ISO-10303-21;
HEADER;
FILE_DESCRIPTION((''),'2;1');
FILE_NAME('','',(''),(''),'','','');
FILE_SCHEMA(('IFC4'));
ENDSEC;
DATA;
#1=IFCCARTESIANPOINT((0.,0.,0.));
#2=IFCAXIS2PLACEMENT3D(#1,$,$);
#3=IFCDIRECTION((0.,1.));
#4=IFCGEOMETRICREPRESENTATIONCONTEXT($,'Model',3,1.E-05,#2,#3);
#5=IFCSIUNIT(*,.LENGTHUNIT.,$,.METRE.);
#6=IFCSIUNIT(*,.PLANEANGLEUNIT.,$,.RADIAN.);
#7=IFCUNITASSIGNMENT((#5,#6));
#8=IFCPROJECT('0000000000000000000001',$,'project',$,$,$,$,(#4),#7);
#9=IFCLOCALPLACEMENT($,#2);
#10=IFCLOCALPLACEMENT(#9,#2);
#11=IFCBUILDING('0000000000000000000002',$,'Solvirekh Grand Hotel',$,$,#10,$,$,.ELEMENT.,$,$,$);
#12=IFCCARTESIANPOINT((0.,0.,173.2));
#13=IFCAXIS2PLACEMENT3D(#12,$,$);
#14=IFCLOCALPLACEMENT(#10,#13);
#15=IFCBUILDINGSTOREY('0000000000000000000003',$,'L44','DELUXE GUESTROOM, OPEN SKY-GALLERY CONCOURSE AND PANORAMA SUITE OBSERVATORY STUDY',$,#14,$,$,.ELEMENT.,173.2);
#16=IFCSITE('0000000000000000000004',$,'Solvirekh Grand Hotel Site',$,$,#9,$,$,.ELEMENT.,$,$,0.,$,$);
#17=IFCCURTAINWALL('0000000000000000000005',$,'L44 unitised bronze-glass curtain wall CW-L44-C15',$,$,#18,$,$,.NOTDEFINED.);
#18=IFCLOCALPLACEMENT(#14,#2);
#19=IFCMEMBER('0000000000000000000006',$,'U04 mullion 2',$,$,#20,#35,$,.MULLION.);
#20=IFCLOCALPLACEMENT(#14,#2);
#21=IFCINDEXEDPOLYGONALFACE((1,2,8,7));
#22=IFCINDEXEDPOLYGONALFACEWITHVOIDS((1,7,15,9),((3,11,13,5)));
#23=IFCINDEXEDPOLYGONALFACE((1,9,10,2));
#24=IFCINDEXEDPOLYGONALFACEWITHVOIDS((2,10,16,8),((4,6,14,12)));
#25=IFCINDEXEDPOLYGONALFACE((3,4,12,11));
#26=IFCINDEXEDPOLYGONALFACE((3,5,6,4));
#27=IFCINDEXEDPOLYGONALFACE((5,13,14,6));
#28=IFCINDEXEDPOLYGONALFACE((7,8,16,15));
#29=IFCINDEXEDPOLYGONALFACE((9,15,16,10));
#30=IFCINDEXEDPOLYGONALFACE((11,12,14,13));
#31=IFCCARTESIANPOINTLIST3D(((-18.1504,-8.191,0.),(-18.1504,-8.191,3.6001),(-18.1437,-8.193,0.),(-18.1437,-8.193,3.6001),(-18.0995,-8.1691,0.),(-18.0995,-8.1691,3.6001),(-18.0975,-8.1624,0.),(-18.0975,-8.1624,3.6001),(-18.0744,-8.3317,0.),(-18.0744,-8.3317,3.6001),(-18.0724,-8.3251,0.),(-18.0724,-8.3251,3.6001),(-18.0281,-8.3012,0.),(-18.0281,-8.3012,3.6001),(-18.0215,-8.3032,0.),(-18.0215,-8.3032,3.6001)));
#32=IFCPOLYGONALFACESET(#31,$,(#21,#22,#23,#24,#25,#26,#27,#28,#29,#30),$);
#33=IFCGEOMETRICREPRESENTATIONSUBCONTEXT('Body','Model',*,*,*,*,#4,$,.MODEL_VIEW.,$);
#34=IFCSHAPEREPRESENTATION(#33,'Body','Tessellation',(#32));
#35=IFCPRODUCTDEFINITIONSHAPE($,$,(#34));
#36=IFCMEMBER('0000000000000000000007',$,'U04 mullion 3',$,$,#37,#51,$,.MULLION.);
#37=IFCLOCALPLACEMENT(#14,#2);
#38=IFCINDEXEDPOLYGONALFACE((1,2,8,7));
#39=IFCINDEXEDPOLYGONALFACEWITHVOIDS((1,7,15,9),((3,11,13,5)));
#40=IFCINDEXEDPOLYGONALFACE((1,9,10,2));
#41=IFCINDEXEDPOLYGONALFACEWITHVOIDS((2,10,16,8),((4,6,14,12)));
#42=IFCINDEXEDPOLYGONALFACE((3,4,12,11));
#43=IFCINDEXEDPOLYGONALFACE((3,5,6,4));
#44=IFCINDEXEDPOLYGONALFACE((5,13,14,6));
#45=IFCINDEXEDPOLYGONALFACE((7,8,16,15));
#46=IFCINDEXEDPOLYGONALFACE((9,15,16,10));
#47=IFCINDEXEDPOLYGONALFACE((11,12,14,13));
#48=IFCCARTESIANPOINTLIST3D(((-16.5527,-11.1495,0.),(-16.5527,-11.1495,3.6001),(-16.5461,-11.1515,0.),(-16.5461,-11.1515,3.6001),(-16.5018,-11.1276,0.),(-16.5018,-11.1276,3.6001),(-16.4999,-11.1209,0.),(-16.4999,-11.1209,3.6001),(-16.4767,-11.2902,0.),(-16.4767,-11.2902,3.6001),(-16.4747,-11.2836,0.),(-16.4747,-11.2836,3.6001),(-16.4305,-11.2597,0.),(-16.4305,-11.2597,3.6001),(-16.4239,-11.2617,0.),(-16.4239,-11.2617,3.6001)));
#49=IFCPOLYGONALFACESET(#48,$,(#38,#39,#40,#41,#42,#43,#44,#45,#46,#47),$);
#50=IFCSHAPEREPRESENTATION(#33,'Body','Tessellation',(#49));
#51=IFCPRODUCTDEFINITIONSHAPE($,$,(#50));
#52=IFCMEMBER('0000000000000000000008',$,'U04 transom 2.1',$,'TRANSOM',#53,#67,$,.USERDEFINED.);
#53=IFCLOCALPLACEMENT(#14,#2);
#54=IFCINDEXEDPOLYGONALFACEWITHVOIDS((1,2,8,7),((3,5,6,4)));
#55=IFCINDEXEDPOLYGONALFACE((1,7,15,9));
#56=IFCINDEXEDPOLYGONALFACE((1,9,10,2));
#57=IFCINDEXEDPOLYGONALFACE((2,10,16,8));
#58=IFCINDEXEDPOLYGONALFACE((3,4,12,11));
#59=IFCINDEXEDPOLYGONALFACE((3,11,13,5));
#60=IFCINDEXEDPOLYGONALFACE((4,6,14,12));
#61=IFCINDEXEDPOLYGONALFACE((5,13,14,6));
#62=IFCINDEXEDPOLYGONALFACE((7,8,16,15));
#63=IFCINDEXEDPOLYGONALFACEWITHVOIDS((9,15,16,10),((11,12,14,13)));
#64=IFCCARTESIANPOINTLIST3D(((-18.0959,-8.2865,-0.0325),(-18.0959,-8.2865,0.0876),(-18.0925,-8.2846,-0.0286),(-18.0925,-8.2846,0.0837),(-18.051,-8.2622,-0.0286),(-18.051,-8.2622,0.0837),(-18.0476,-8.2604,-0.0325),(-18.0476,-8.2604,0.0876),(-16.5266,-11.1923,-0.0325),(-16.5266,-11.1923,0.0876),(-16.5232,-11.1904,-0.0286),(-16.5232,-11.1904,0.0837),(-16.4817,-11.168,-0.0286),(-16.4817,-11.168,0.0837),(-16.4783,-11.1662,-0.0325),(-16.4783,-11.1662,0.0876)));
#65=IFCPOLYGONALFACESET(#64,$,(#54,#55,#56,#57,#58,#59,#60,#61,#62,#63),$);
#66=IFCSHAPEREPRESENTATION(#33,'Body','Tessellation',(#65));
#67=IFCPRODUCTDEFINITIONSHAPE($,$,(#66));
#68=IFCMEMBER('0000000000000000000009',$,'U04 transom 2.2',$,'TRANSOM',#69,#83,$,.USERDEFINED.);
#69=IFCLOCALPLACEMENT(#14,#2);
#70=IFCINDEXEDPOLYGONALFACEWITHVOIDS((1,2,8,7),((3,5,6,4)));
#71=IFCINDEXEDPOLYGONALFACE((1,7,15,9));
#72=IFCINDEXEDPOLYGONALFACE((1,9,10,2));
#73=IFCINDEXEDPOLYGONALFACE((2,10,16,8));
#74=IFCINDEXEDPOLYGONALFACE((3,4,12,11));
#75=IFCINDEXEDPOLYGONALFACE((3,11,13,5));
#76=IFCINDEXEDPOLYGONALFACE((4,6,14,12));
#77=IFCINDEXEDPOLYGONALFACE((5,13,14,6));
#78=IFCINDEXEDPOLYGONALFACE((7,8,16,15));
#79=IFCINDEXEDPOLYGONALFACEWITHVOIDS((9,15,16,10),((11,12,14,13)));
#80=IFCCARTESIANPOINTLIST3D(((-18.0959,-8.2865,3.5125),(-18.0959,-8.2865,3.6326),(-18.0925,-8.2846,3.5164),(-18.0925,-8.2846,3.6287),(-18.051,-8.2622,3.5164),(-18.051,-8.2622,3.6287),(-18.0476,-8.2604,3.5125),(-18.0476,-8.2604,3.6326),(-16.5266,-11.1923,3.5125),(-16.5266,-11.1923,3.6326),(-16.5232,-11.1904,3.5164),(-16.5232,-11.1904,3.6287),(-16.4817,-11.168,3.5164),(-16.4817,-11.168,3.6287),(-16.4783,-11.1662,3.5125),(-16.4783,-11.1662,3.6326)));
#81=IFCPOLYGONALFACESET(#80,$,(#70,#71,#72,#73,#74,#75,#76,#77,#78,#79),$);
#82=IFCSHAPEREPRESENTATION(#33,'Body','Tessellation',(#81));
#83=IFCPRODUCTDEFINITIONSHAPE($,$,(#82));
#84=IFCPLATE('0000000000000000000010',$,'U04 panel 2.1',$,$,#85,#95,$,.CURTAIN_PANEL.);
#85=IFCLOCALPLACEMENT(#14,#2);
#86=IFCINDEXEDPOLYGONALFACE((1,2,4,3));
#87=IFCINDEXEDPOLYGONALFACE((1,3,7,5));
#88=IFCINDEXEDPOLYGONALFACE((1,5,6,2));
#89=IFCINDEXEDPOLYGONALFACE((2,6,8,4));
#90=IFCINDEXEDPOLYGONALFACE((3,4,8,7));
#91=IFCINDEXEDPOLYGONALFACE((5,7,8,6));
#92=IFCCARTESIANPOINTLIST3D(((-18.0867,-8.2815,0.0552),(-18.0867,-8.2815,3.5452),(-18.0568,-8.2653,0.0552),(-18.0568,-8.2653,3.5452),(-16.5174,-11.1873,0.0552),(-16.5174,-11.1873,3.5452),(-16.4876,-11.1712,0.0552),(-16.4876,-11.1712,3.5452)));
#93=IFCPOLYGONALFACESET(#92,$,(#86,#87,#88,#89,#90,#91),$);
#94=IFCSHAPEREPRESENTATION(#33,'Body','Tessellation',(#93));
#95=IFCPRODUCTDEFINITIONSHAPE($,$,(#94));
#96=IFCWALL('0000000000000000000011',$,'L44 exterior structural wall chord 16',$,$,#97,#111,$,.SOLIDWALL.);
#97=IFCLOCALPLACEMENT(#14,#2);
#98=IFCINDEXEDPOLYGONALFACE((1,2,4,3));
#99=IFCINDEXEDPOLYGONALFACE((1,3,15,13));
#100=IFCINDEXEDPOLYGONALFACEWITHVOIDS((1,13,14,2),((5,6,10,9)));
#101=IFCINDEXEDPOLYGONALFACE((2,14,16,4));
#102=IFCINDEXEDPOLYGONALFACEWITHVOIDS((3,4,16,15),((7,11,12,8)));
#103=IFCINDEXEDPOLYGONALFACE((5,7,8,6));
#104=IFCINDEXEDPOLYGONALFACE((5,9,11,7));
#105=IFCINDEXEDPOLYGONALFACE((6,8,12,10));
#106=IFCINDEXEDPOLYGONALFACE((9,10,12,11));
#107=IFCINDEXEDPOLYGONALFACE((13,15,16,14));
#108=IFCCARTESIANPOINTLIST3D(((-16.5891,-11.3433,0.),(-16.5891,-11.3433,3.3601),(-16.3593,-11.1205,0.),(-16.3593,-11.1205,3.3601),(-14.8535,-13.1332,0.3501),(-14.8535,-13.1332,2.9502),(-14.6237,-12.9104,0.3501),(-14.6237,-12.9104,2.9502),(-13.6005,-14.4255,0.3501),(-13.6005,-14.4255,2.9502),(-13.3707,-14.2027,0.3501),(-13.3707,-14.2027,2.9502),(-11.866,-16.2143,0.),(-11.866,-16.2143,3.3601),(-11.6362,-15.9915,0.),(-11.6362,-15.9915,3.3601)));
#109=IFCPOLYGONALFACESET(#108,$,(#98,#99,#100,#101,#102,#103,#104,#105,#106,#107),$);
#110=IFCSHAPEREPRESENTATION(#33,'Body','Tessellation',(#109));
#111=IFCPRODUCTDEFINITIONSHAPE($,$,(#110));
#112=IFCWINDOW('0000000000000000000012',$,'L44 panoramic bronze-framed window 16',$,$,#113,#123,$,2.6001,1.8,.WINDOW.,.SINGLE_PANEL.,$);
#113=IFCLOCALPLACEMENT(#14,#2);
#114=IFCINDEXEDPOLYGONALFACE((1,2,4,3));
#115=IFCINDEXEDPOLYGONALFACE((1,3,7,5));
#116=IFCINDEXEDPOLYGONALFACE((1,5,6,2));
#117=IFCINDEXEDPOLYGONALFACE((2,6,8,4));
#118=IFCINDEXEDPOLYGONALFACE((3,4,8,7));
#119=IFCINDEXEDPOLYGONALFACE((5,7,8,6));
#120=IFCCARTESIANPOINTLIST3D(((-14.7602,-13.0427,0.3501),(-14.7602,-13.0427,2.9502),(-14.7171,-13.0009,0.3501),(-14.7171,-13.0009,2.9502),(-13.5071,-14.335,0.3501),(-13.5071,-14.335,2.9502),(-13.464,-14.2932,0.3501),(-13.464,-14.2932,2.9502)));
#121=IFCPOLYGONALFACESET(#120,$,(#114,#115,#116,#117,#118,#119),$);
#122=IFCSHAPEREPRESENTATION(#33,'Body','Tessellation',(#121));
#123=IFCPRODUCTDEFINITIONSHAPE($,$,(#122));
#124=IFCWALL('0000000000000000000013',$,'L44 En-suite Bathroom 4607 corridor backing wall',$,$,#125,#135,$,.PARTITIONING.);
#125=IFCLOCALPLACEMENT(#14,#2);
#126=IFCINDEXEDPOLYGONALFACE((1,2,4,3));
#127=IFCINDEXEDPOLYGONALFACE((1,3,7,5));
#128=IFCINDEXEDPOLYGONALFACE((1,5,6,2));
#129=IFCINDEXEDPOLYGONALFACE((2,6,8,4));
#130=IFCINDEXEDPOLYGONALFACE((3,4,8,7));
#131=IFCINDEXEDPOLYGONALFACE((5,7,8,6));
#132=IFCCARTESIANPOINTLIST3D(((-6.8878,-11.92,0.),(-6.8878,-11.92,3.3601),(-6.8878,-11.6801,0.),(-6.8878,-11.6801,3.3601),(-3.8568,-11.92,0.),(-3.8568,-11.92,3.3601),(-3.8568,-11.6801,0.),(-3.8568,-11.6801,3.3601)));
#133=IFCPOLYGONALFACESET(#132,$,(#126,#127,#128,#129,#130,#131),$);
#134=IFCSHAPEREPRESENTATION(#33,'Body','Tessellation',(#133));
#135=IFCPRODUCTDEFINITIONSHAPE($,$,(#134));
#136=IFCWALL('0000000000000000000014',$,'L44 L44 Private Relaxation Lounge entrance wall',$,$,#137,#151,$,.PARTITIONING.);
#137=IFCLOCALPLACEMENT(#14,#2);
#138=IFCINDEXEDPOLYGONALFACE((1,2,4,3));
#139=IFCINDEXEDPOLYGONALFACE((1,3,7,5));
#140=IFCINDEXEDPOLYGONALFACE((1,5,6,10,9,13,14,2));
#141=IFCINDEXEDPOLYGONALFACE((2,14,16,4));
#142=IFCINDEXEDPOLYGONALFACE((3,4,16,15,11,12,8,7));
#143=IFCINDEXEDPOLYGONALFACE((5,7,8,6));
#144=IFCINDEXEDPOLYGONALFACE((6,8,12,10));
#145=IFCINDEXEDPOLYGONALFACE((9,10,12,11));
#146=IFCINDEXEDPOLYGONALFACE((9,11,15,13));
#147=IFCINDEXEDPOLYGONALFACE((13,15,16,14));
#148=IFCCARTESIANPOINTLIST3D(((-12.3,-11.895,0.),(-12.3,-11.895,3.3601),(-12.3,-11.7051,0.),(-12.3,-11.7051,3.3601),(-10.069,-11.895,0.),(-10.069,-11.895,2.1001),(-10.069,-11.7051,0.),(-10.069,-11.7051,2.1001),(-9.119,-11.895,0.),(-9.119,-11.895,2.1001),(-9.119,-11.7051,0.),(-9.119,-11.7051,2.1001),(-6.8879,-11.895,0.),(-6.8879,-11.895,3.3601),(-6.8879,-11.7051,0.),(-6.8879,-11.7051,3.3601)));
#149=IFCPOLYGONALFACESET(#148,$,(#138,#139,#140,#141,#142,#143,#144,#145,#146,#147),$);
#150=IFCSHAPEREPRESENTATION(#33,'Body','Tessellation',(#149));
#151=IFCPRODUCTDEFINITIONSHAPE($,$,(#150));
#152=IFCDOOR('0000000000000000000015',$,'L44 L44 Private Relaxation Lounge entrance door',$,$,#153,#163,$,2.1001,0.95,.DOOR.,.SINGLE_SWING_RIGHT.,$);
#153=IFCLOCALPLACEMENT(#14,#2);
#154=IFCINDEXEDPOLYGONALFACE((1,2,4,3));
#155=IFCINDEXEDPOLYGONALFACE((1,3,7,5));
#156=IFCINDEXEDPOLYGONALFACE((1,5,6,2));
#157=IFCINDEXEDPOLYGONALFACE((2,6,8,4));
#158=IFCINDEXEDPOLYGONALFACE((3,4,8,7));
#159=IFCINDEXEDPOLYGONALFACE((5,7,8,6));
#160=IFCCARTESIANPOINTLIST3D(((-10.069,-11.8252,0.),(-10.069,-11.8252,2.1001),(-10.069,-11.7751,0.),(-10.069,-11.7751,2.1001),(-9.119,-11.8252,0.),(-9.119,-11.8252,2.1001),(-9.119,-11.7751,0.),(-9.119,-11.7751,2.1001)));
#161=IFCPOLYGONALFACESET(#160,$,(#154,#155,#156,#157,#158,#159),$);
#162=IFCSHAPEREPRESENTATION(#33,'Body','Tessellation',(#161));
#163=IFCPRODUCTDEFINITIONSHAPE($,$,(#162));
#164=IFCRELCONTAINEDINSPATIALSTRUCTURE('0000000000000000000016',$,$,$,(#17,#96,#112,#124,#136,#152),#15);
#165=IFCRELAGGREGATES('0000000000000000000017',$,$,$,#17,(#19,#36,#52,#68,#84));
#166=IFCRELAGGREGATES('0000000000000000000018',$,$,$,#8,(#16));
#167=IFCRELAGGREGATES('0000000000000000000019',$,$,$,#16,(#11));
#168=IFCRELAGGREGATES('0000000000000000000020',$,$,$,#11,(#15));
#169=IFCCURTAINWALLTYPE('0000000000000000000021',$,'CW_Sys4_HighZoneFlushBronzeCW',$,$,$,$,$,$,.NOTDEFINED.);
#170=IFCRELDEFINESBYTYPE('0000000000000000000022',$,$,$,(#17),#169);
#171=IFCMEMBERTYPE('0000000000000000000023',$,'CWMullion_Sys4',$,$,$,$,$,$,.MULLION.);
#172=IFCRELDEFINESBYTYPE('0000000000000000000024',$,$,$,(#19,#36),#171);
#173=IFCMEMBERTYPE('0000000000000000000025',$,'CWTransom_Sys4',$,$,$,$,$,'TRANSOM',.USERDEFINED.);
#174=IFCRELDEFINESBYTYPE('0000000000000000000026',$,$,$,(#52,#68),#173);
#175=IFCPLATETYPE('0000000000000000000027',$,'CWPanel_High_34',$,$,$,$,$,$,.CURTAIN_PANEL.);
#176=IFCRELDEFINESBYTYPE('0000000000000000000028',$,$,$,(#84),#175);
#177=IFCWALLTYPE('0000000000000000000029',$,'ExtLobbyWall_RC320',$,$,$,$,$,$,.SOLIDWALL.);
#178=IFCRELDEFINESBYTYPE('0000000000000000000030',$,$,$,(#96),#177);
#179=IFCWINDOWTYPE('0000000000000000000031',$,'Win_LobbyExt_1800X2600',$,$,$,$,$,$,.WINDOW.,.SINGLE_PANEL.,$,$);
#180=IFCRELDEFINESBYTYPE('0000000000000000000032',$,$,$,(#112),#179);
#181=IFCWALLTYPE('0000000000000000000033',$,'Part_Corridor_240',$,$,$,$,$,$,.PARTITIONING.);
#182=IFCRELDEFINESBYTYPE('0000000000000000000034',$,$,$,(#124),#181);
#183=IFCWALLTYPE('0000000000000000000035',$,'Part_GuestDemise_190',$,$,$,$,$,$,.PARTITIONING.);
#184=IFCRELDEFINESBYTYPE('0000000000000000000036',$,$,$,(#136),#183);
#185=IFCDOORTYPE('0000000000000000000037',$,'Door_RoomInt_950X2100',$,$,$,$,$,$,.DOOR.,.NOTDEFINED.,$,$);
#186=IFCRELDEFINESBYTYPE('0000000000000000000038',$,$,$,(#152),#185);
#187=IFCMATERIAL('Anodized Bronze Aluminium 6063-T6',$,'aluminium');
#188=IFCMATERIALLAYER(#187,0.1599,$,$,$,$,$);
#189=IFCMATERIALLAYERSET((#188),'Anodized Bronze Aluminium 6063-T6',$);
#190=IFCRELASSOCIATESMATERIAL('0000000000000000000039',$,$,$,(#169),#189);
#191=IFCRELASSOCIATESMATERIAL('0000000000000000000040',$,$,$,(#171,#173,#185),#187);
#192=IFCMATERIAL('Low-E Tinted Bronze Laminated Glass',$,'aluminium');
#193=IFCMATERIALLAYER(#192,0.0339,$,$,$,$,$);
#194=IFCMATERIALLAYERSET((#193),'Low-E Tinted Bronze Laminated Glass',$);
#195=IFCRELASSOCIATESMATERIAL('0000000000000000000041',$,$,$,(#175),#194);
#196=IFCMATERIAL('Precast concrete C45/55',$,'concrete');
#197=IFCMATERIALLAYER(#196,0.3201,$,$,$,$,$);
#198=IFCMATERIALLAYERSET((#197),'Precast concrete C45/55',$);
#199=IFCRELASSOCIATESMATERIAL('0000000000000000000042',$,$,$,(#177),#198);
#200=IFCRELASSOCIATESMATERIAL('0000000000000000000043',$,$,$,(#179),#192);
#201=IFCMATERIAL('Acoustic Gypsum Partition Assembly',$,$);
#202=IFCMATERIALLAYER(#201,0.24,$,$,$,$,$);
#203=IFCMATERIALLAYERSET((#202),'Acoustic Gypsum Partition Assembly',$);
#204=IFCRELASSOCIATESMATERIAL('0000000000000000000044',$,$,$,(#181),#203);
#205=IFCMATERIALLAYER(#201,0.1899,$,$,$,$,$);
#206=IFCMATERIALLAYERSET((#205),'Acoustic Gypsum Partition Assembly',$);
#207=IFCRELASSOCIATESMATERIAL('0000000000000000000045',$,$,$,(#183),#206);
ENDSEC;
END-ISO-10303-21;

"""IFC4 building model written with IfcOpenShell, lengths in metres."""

from ifc_helpers import new_model, si_unit, direction, frame, frame_2d, origin, origin_2d, place, context, subcontext, project, spatial, rectangle, hollow_rectangle, extrude, source, transform, mapped, material, layer, layer_set, material_profile, profile_set, type_object, element, fill, aggregate, save


model = new_model("IFC4")

# Units and contexts
model_context = context("Model", 3, precision=1e-05, world=origin(), true_north=direction((0.0, 1.0)))
body_context = subcontext(model_context, "Body", "Model", "MODEL_VIEW")
ifc_project = project(units=[si_unit("LENGTHUNIT", "METRE"), si_unit("PLANEANGLEUNIT", "RADIAN")], contexts=[model_context])

# Site, building, storey
site_placement = place(None, origin())
site = spatial("IfcSite", under=ifc_project, at=site_placement, Name="Solvirekh Grand Hotel Site", CompositionType="ELEMENT", RefElevation=0.0)
building_placement = place(site_placement, origin())
building = spatial("IfcBuilding", under=site, at=building_placement, Name="Solvirekh Grand Hotel", CompositionType="ELEMENT")
storey_placement = place(building_placement, frame((0.0, 0.0, 173.2)))
storey = spatial("IfcBuildingStorey", under=building, at=storey_placement, Name="L44", Description="DELUXE GUESTROOM, OPEN SKY-GALLERY CONCOURSE AND PANORAMA SUITE OBSERVATORY STUDY", CompositionType="ELEMENT", Elevation=173.2)

# Curtain wall, members, plate
ifc_material_1 = material(Name="Anodized Bronze Aluminium 6063-T6", Category="aluminium")
ifc_layer_1 = layer(ifc_material_1, 0.1599)
ifc_layer_set_1 = layer_set([ifc_layer_1], Name="Anodized Bronze Aluminium 6063-T6")
curtain_wall_type = type_object("IfcCurtainWallType", Name="CW_Sys4_HighZoneFlushBronzeCW", PredefinedType="NOTDEFINED", material=ifc_layer_set_1)
curtain_wall_placement = place(storey_placement, origin())
curtain_wall = element("IfcCurtainWall", 1, at=curtain_wall_placement, inside=storey, type_object=curtain_wall_type, Name="L44 unitised bronze-glass curtain wall CW-L44-C15", PredefinedType="NOTDEFINED")
ifc_material_profile_1 = material_profile(ifc_material_1, hollow_rectangle(XDim=0.0601, YDim=0.1599, WallThickness=0.0049, at=origin_2d()), Name="ALU RHS 160X60X5")
ifc_profile_set_1 = profile_set([ifc_material_profile_1], Name="Anodized Bronze Aluminium 6063-T6")
member_type_1 = type_object("IfcMemberType", Name="CWMullion_Sys4", PredefinedType="MULLION", material=ifc_profile_set_1)
shared_shape_1 = source(origin(), body_context, "Body", "SweptSolid", [
    extrude(hollow_rectangle(XDim=0.0601, YDim=0.1599, WallThickness=0.0049, at=origin_2d()), origin(), (0.0, 0.0, 1.0), 3.6001),
])
member_1_placement = place(storey_placement, frame((-18.0859, -8.2471, 0.0), z_axis=(0.0, 0.0, 1.0), x_axis=(0.879893, 0.475172, 0.0)))
member_1 = element("IfcMember", 2, at=member_1_placement, type_object=member_type_1, Name="U04 mullion 2", PredefinedType="MULLION", context=body_context, shape_type="MappedRepresentation", body=[
    mapped(shared_shape_1, transform((0.0, 0.0, 0.0), x_axis=(1.0, 0.0, 0.0), y_axis=(0.0, 1.0, 0.0), z_axis=(0.0, 0.0, 1.0), scale=1.0)),
])
member_2_placement = place(storey_placement, frame((-16.4883, -11.2056, 0.0), z_axis=(0.0, 0.0, 1.0), x_axis=(0.879893, 0.475172, 0.0)))
member_2 = element("IfcMember", 3, at=member_2_placement, type_object=member_type_1, Name="U04 mullion 3", PredefinedType="MULLION", context=body_context, shape_type="MappedRepresentation", body=[
    mapped(shared_shape_1, transform((0.0, 0.0, 0.0), x_axis=(1.0, 0.0, 0.0), y_axis=(0.0, 1.0, 0.0), z_axis=(0.0, 0.0, 1.0), scale=1.0)),
])
ifc_material_profile_2 = material_profile(ifc_material_1, hollow_rectangle(XDim=0.0549, YDim=0.1201, WallThickness=0.0039, at=origin_2d()), Name="ALU RHS 120X55X4")
ifc_profile_set_2 = profile_set([ifc_material_profile_2], Name="Anodized Bronze Aluminium 6063-T6")
member_type_2 = type_object("IfcMemberType", Name="CWTransom_Sys4", ElementType="TRANSOM", PredefinedType="USERDEFINED", material=ifc_profile_set_2)
shared_shape_2 = source(origin(), body_context, "Body", "SweptSolid", [
    extrude(hollow_rectangle(XDim=0.0549, YDim=0.1201, WallThickness=0.0039, at=origin_2d()), origin(), (0.0, 0.0, 1.0), 3.3025),
])
member_3_placement = place(storey_placement, frame((-18.0718, -8.2734, 0.0276), z_axis=(0.475202, -0.879877, 0.0), x_axis=(0.879877, 0.475202, 0.0)))
member_3 = element("IfcMember", 4, at=member_3_placement, type_object=member_type_2, Name="U04 transom 2.1", ObjectType="TRANSOM", PredefinedType="USERDEFINED", context=body_context, shape_type="MappedRepresentation", body=[
    mapped(shared_shape_2, transform((0.0, 0.0, 0.0), x_axis=(1.0, 0.0, 0.0), y_axis=(0.0, 1.0, 0.0), z_axis=(0.0, 0.0, 1.0), scale=1.0)),
])
member_4_placement = place(storey_placement, frame((-18.0718, -8.2734, 3.5725), z_axis=(0.475202, -0.879877, 0.0), x_axis=(0.879877, 0.475202, 0.0)))
member_4 = element("IfcMember", 5, at=member_4_placement, type_object=member_type_2, Name="U04 transom 2.2", ObjectType="TRANSOM", PredefinedType="USERDEFINED", context=body_context, shape_type="MappedRepresentation", body=[
    mapped(shared_shape_2, transform((0.0, 0.0, 0.0), x_axis=(1.0, 0.0, 0.0), y_axis=(0.0, 1.0, 0.0), z_axis=(0.0, 0.0, 1.0), scale=1.0)),
])
ifc_material_2 = material(Name="Low-E Tinted Bronze Laminated Glass", Category="aluminium")
ifc_layer_2 = layer(ifc_material_2, 0.0339)
ifc_layer_set_2 = layer_set([ifc_layer_2], Name="Low-E Tinted Bronze Laminated Glass")
plate_type = type_object("IfcPlateType", Name="CWPanel_High_34", PredefinedType="CURTAIN_PANEL", material=ifc_layer_set_2)
shared_shape_3 = source(origin(), body_context, "Body", "SweptSolid", [
    extrude(rectangle(XDim=3.3025, YDim=0.0339, at=origin_2d()), origin(), (0.0, 0.0, 1.0), 3.49),
])
plate_placement = place(storey_placement, frame((-17.2871, -9.7263, 0.0552), z_axis=(0.0, 0.0, 1.0), x_axis=(0.475172, -0.879893, 0.0)))
plate = element("IfcPlate", 6, at=plate_placement, type_object=plate_type, Name="U04 panel 2.1", PredefinedType="CURTAIN_PANEL", context=body_context, shape_type="MappedRepresentation", body=[
    mapped(shared_shape_3, transform((0.0, 0.0, 0.0), x_axis=(1.0, 0.0, 0.0), y_axis=(0.0, 1.0, 0.0), z_axis=(0.0, 0.0, 1.0), scale=1.0)),
])
aggregate(curtain_wall, [member_1, member_2, member_3, member_4, plate])

# Wall, opening, window
ifc_material_3 = material(Name="Precast concrete C45/55", Category="concrete")
ifc_layer_3 = layer(ifc_material_3, 0.3201)
ifc_layer_set_3 = layer_set([ifc_layer_3], Name="Precast concrete C45/55")
wall_type_1 = type_object("IfcWallType", Name="ExtLobbyWall_RC320", PredefinedType="SOLIDWALL", material=ifc_layer_set_3)
wall_1_placement = place(storey_placement, frame((-11.751, -16.103, 0.0), z_axis=(0.0, 0.0, 1.0), x_axis=(-0.69612, 0.717925, 0.0)))
wall_1 = element("IfcWall", 7, at=wall_1_placement, inside=storey, type_object=wall_type_1, Name="L44 exterior structural wall chord 16", PredefinedType="SOLIDWALL", context=body_context, shape_type="SweptSolid", body=[
    extrude(rectangle(XDim=6.7849, YDim=0.3201, at=frame_2d((3.3926, 0.0))), origin(), (0.0, 0.0, 1.0), 3.3601),
])
opening_1_placement = place(wall_1_placement, frame((2.4919, 0.0, 0.3501)))
opening_1 = element("IfcOpeningElement", 8, at=opening_1_placement, cuts=wall_1, PredefinedType="OPENING", context=body_context, shape_type="SweptSolid", body=[
    extrude(rectangle(XDim=1.8, YDim=2.6001, at=frame_2d((0.8999, 1.3))), frame((0.0, 0.1699, 0.0), z_axis=(0.0, -1.0, 0.0), x_axis=(1.0, 0.0, 0.0)), (0.0, 0.0, 1.0), 0.3401),
])
window_type = type_object("IfcWindowType", Name="Win_LobbyExt_1800X2600", PartitioningType="SINGLE_PANEL", PredefinedType="WINDOW", material=ifc_material_2)
window_placement = place(opening_1_placement, origin())
window = element("IfcWindow", 9, at=window_placement, inside=storey, type_object=window_type, Name="L44 panoramic bronze-framed window 16", OverallHeight=2.6001, OverallWidth=1.8, PartitioningType="SINGLE_PANEL", PredefinedType="WINDOW", context=body_context, shape_type="SweptSolid", body=[
    extrude(rectangle(XDim=1.8, YDim=2.6001, at=frame_2d((0.8999, 1.3))), frame((0.0, 0.03, 0.0), z_axis=(0.0, -1.0, 0.0), x_axis=(1.0, 0.0, 0.0)), (0.0, 0.0, 1.0), 0.0601),
])
fill(opening_1, window)

# Wall
ifc_material_4 = material(Name="Acoustic Gypsum Partition Assembly")
ifc_layer_4 = layer(ifc_material_4, 0.24)
ifc_layer_set_4 = layer_set([ifc_layer_4], Name="Acoustic Gypsum Partition Assembly")
wall_type_2 = type_object("IfcWallType", Name="Part_Corridor_240", PredefinedType="PARTITIONING", material=ifc_layer_set_4)
wall_2_placement = place(storey_placement, frame((-6.8879, -11.8, 0.0), z_axis=(0.0, 0.0, 1.0), x_axis=(1.0, 0.0, 0.0)))
element("IfcWall", 10, at=wall_2_placement, inside=storey, type_object=wall_type_2, Name="L44 En-suite Bathroom 4607 corridor backing wall", PredefinedType="PARTITIONING", context=body_context, shape_type="SweptSolid", body=[
    extrude(rectangle(XDim=3.031, YDim=0.24, at=frame_2d((1.5156, 0.0))), origin(), (0.0, 0.0, 1.0), 3.3601),
])

# Wall, opening, door
ifc_layer_5 = layer(ifc_material_4, 0.1899)
ifc_layer_set_5 = layer_set([ifc_layer_5], Name="Acoustic Gypsum Partition Assembly")
wall_type_3 = type_object("IfcWallType", Name="Part_GuestDemise_190", PredefinedType="PARTITIONING", material=ifc_layer_set_5)
wall_3_placement = place(storey_placement, frame((-12.3, -11.8, 0.0), z_axis=(0.0, 0.0, 1.0), x_axis=(1.0, 0.0, 0.0)))
wall_3 = element("IfcWall", 11, at=wall_3_placement, inside=storey, type_object=wall_type_3, Name="L44 L44 Private Relaxation Lounge entrance wall", PredefinedType="PARTITIONING", context=body_context, shape_type="SweptSolid", body=[
    extrude(rectangle(XDim=5.4121, YDim=0.1899, at=frame_2d((2.7061, 0.0))), origin(), (0.0, 0.0, 1.0), 3.3601),
])
opening_2_placement = place(wall_3_placement, frame((2.231, 0.0, 0.0)))
opening_2 = element("IfcOpeningElement", 12, at=opening_2_placement, cuts=wall_3, PredefinedType="OPENING", context=body_context, shape_type="SweptSolid", body=[
    extrude(rectangle(XDim=0.95, YDim=2.1001, at=frame_2d((0.4751, 1.05))), frame((0.0, 0.105, 0.0), z_axis=(0.0, -1.0, 0.0), x_axis=(1.0, 0.0, 0.0)), (0.0, 0.0, 1.0), 0.21),
])
door_type = type_object("IfcDoorType", Name="Door_RoomInt_950X2100", OperationType="NOTDEFINED", PredefinedType="DOOR", material=ifc_material_1)
door_placement = place(opening_2_placement, origin())
door = element("IfcDoor", 13, at=door_placement, inside=storey, type_object=door_type, Name="L44 L44 Private Relaxation Lounge entrance door", OperationType="SINGLE_SWING_RIGHT", OverallHeight=2.1001, OverallWidth=0.95, PredefinedType="DOOR", context=body_context, shape_type="SweptSolid", body=[
    extrude(rectangle(XDim=0.95, YDim=2.1001, at=frame_2d((0.4751, 1.05))), frame((0.0, 0.0249, 0.0), z_axis=(0.0, -1.0, 0.0), x_axis=(1.0, 0.0, 0.0)), (0.0, 0.0, 1.0), 0.05),
])
fill(opening_2, door)

save(model, "model.ifc")
